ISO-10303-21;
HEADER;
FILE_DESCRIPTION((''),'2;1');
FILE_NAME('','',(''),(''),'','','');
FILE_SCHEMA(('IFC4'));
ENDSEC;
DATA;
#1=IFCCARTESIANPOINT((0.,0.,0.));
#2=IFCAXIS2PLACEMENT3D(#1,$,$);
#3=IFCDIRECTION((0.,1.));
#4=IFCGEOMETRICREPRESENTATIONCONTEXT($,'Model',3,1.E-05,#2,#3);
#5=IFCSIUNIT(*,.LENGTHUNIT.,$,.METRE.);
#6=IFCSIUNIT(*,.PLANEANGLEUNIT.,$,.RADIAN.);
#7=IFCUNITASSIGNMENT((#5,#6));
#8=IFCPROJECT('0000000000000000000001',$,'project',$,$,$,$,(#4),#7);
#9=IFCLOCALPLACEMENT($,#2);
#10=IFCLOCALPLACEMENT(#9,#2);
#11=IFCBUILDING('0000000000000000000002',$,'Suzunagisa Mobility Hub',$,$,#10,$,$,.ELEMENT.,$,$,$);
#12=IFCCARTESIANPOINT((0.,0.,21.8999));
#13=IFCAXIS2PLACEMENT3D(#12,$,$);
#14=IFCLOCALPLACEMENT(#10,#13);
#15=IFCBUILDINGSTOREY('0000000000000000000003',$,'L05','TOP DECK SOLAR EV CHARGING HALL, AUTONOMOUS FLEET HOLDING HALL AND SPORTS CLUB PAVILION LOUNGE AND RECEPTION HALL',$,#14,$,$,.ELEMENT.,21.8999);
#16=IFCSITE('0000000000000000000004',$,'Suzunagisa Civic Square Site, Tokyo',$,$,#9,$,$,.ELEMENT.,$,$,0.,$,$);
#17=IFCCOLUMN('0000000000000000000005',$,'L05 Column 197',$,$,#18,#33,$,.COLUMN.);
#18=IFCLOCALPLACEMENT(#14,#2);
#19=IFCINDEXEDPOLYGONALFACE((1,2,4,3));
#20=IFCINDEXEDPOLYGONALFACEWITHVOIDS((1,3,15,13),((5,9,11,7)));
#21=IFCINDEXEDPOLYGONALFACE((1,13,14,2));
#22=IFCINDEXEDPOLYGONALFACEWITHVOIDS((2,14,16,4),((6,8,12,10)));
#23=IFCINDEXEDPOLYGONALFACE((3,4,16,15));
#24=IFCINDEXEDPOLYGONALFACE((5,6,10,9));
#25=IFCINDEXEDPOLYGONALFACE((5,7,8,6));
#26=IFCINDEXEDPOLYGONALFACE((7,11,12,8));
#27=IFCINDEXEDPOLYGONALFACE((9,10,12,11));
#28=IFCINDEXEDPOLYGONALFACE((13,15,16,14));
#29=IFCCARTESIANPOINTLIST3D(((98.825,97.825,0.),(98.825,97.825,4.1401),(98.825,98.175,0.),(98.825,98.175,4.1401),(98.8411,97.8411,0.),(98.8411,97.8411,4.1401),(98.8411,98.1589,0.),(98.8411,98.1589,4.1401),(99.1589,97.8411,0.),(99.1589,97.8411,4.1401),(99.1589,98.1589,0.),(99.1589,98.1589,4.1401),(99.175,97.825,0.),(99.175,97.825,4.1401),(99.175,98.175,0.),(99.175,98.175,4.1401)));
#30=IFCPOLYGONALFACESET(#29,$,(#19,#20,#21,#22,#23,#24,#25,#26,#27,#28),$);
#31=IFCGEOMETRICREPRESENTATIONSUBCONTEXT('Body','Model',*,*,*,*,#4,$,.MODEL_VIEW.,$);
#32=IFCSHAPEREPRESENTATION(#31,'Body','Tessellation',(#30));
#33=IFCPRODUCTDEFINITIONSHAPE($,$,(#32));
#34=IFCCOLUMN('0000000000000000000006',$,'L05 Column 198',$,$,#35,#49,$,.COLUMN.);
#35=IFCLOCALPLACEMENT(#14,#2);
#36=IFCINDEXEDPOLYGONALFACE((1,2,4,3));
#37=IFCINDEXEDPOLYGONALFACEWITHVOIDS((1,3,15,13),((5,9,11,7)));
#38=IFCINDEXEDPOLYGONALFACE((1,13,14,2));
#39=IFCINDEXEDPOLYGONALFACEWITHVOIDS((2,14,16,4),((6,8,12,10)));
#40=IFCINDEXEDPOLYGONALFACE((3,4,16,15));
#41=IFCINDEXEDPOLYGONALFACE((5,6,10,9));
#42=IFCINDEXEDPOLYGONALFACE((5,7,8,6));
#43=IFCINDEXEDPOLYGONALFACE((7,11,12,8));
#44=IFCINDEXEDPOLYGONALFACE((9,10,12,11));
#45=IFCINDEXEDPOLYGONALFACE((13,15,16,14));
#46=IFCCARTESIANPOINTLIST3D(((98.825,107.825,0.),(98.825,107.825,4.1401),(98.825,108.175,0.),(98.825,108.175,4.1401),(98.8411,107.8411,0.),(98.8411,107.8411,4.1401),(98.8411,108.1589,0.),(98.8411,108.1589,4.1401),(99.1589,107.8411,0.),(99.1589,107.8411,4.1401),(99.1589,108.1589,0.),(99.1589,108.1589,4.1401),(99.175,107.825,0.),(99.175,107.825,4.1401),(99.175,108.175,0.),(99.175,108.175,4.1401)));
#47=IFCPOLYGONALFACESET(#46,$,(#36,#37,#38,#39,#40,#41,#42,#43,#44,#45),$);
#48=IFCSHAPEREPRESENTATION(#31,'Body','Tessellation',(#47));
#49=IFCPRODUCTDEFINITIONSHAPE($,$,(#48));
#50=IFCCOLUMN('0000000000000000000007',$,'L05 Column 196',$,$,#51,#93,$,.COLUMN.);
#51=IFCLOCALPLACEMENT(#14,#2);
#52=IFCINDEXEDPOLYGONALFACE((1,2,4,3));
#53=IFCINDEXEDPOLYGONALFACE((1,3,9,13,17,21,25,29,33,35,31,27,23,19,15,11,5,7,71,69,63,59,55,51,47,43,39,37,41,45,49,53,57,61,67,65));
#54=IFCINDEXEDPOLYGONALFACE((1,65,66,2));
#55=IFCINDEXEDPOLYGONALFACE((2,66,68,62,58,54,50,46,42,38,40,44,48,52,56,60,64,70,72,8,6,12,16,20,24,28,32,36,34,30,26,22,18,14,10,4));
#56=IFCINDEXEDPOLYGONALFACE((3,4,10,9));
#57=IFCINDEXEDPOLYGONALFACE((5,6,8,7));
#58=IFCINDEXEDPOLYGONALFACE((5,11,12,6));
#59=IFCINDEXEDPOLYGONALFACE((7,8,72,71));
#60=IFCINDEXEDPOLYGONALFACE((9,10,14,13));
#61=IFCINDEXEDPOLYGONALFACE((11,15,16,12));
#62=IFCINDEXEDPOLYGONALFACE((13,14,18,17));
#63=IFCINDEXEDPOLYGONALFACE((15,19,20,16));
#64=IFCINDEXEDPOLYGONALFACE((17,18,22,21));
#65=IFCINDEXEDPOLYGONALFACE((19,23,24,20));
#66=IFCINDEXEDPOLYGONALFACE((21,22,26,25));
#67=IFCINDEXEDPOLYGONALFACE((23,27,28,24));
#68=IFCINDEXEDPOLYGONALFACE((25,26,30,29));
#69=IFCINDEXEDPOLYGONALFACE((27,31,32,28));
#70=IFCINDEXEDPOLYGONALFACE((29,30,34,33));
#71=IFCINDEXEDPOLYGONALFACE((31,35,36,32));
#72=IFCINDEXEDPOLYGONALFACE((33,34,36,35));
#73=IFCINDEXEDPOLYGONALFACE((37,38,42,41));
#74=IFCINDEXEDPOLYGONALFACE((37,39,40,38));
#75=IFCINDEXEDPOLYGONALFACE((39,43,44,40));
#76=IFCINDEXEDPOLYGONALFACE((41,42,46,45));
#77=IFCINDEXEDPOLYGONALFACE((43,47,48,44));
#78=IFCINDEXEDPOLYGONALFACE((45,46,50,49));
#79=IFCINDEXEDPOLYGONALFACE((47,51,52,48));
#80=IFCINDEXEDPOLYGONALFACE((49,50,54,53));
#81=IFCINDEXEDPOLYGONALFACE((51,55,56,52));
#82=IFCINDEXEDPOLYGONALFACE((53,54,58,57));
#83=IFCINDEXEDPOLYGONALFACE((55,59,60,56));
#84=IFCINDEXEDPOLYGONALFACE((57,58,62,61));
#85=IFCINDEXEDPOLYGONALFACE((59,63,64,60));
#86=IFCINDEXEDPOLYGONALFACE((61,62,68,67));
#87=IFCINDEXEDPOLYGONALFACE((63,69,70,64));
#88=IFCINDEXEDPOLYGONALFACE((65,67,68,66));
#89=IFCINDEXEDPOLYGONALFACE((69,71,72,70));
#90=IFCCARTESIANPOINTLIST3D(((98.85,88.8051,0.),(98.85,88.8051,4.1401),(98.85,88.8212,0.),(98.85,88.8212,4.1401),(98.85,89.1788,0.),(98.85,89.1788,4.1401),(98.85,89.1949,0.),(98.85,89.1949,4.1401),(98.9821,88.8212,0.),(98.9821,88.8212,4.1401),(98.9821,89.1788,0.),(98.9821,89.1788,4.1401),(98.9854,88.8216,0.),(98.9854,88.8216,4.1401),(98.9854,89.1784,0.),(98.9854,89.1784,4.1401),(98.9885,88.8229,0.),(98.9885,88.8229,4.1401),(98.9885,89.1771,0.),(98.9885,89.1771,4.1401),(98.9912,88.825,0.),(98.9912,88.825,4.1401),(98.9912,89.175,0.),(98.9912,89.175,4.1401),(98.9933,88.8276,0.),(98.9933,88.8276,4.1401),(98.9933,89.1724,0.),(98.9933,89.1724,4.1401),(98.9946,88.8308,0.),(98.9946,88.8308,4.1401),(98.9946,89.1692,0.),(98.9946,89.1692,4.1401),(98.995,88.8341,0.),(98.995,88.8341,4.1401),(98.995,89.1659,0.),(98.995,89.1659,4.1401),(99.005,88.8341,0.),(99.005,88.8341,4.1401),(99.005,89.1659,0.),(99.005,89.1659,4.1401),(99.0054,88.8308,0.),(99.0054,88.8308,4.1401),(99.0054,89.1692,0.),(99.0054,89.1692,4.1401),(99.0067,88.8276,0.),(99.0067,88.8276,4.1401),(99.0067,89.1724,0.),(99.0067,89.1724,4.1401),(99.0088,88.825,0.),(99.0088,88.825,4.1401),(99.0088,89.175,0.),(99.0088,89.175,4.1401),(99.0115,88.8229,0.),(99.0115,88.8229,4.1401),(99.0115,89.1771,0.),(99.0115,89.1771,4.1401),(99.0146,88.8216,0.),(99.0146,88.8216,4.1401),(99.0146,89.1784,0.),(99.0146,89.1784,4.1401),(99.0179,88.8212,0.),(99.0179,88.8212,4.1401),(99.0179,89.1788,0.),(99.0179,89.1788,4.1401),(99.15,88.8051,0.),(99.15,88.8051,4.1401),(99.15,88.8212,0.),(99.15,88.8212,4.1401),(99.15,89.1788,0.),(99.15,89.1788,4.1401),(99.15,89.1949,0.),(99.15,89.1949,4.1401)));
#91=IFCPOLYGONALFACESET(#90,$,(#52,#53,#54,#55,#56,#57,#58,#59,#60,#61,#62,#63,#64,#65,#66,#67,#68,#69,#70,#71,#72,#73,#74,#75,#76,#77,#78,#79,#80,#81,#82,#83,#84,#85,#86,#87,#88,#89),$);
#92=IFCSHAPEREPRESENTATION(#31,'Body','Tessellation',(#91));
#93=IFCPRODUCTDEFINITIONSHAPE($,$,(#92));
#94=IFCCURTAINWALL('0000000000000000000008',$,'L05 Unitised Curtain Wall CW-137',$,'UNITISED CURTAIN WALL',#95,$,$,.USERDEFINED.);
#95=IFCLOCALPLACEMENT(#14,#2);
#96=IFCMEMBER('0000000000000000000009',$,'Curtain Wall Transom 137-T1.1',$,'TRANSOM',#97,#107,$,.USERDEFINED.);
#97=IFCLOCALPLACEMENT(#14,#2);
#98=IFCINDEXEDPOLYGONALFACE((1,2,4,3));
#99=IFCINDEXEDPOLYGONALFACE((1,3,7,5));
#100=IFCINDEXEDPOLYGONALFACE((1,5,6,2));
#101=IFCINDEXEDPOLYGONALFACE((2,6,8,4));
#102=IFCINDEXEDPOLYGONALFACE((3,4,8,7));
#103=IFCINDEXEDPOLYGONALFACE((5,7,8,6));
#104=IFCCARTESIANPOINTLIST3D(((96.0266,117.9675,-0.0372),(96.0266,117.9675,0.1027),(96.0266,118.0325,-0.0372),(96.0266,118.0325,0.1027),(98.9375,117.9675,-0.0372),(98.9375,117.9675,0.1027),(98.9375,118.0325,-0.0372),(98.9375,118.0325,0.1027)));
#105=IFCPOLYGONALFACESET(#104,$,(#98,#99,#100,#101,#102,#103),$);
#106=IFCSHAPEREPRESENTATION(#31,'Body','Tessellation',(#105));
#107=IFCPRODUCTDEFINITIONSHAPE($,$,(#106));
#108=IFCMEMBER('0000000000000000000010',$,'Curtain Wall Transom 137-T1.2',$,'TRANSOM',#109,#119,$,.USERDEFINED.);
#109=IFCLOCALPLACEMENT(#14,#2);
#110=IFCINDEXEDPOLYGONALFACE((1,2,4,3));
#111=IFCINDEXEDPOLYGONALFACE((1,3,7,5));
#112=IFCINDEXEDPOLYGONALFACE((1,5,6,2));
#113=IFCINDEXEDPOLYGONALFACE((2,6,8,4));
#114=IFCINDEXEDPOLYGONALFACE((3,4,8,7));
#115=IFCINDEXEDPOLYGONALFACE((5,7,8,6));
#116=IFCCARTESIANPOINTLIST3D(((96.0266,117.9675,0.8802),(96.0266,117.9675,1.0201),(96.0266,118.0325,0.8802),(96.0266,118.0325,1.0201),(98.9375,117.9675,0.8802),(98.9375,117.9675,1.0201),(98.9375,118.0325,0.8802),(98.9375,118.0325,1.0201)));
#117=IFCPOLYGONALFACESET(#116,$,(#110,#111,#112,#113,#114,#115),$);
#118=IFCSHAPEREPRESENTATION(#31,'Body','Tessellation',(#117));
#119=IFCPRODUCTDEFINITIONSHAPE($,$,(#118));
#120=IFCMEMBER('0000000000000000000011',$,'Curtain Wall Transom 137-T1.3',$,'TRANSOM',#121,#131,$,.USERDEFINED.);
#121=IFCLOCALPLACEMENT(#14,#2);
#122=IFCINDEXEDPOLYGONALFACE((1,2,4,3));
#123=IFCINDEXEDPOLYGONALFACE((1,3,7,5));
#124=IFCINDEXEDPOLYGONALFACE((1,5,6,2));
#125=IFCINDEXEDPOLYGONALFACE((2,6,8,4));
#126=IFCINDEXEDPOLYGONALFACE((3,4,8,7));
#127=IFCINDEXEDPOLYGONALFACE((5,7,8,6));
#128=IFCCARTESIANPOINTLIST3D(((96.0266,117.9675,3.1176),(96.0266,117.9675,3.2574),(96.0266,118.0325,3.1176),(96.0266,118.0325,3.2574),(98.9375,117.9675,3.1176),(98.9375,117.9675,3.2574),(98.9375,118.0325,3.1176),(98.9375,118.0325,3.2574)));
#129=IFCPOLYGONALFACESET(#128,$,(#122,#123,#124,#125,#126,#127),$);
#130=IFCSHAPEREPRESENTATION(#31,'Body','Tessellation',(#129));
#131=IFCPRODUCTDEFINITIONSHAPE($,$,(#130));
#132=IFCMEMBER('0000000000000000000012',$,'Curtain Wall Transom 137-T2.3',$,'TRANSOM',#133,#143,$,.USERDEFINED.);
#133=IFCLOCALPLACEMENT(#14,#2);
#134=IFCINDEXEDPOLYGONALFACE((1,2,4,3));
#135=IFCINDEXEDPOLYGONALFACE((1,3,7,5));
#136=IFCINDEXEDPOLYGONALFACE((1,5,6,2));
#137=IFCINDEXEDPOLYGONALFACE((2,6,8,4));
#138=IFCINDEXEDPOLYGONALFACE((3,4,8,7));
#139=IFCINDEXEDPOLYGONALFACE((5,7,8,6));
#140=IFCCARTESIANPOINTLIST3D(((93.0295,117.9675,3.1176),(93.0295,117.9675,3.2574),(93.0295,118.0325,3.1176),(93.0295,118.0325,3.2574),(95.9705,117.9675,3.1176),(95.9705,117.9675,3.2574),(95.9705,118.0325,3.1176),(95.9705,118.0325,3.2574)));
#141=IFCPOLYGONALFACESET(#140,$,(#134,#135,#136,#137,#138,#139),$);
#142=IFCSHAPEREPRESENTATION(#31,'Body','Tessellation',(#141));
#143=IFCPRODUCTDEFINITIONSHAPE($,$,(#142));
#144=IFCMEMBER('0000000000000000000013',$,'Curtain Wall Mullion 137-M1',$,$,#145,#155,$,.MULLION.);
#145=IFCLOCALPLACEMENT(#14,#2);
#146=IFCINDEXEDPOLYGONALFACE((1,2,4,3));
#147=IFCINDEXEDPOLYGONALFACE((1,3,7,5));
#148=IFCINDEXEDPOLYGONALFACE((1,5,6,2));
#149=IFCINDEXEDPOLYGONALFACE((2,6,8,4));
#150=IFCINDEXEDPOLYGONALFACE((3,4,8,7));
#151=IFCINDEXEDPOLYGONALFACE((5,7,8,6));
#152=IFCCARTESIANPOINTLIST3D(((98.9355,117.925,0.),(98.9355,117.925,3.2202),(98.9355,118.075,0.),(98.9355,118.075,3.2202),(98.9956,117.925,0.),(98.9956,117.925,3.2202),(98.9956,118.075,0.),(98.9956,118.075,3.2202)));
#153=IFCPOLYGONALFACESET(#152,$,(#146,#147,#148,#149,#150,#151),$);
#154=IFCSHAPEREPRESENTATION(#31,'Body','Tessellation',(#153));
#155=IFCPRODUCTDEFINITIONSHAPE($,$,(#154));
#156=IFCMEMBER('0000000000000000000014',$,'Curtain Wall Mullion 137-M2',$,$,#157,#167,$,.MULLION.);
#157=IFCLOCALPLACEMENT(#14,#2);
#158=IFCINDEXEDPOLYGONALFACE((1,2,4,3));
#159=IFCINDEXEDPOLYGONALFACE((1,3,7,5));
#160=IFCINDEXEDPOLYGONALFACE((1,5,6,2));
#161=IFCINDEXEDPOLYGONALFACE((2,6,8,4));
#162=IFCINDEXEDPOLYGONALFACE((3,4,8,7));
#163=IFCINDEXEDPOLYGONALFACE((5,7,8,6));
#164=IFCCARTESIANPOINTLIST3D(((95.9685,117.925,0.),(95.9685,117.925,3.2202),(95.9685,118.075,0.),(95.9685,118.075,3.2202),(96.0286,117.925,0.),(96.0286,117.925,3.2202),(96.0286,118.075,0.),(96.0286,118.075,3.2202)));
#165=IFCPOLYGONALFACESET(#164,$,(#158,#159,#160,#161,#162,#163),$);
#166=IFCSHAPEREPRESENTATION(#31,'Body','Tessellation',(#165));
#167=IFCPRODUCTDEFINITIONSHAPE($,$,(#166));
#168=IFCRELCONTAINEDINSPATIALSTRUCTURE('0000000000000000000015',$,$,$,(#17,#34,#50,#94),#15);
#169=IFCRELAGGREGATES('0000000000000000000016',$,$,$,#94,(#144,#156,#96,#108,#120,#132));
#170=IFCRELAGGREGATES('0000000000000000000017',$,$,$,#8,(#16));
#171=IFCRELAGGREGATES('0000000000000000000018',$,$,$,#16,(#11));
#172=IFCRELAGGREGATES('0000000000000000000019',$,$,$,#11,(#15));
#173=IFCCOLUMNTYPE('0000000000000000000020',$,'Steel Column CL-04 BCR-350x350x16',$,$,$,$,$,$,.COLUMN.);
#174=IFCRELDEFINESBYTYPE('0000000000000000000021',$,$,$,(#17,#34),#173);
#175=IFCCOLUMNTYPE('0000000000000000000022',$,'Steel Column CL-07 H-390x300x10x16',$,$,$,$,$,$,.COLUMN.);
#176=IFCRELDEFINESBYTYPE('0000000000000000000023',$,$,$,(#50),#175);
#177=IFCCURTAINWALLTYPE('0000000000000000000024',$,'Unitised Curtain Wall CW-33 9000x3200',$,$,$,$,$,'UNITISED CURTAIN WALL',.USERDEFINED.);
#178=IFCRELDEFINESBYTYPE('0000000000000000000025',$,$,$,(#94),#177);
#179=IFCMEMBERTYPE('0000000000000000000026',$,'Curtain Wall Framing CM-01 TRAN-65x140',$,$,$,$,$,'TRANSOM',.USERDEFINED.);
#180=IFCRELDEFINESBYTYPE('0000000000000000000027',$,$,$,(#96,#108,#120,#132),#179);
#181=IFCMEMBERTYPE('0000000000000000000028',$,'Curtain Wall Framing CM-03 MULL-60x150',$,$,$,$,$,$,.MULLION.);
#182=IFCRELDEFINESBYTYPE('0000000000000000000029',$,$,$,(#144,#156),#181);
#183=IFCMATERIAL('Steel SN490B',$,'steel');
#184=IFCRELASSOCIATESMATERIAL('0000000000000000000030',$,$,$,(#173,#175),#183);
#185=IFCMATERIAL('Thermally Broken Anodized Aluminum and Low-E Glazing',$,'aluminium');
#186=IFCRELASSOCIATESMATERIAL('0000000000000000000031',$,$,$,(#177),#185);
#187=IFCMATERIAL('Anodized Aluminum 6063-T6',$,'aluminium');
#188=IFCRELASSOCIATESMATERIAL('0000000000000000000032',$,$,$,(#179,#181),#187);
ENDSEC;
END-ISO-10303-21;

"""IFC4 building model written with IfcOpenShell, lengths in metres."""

from ifc_helpers import new_model, si_unit, direction, frame, origin, origin_2d, place, context, subcontext, project, spatial, rectangle, hollow_rectangle, i_section, extrude, material, material_profile, profile_set, type_object, element, aggregate, save


model = new_model("IFC4")

# Units and contexts
model_context = context("Model", 3, precision=1e-05, world=origin(), true_north=direction((0.0, 1.0)))
body_context = subcontext(model_context, "Body", "Model", "MODEL_VIEW")
ifc_project = project(units=[si_unit("LENGTHUNIT", "METRE"), si_unit("PLANEANGLEUNIT", "RADIAN")], contexts=[model_context])

# Site, building, storey
site_placement = place(None, origin())
site = spatial("IfcSite", under=ifc_project, at=site_placement, Name="Suzunagisa Civic Square Site, Tokyo", CompositionType="ELEMENT", RefElevation=0.0)
building_placement = place(site_placement, origin())
building = spatial("IfcBuilding", under=site, at=building_placement, Name="Suzunagisa Mobility Hub", CompositionType="ELEMENT")
storey_placement = place(building_placement, frame((0.0, 0.0, 21.8999)))
storey = spatial("IfcBuildingStorey", under=building, at=storey_placement, Name="L05", Description="TOP DECK SOLAR EV CHARGING HALL, AUTONOMOUS FLEET HOLDING HALL AND SPORTS CLUB PAVILION LOUNGE AND RECEPTION HALL", CompositionType="ELEMENT", Elevation=21.8999)

# Columns
ifc_material_1 = material(Name="Steel SN490B", Category="steel")
ifc_material_profile_1 = material_profile(ifc_material_1, hollow_rectangle(XDim=0.3501, YDim=0.3501, WallThickness=0.0161, at=origin_2d()), Name="BCR-350x350x16")
ifc_profile_set_1 = profile_set([ifc_material_profile_1], Name="Steel SN490B")
column_type_1 = type_object("IfcColumnType", Name="Steel Column CL-04 BCR-350x350x16", PredefinedType="COLUMN", material=ifc_profile_set_1)
for number, where, z_axis, x_axis, name in (
    (1, (99.0, 98.0, 0.0), (0.0, 0.0, 1.0), (1.0, 0.0, 0.0), "L05 Column 197"),
    (2, (99.0, 108.0, 0.0), (0.0, 0.0, 1.0), (1.0, 0.0, 0.0), "L05 Column 198"),
):
    element("IfcColumn", number, at=place(storey_placement, frame(where, z_axis=z_axis, x_axis=x_axis)), inside=storey, type_object=column_type_1, Name=name, PredefinedType="COLUMN", context=body_context, shape_type="SweptSolid", body=[
        extrude(hollow_rectangle(XDim=0.3501, YDim=0.3501, WallThickness=0.0161, at=origin_2d()), origin(), (0.0, 0.0, 1.0), 4.1401),
    ])
ifc_material_profile_2 = material_profile(ifc_material_1, i_section(OverallWidth=0.3, OverallDepth=0.3899, WebThickness=0.01, FlangeThickness=0.0161, FilletRadius=0.0129, at=origin_2d()), Name="H-390x300x10x16")
ifc_profile_set_2 = profile_set([ifc_material_profile_2], Name="Steel SN490B")
column_type_2 = type_object("IfcColumnType", Name="Steel Column CL-07 H-390x300x10x16", PredefinedType="COLUMN", material=ifc_profile_set_2)
column_placement = place(storey_placement, frame((99.0, 89.0, 0.0), z_axis=(0.0, 0.0, 1.0), x_axis=(1.0, 0.0, 0.0)))
element("IfcColumn", 3, at=column_placement, inside=storey, type_object=column_type_2, Name="L05 Column 196", PredefinedType="COLUMN", context=body_context, shape_type="SweptSolid", body=[
    extrude(i_section(OverallWidth=0.3, OverallDepth=0.3899, WebThickness=0.01, FlangeThickness=0.0161, FilletRadius=0.0129, at=origin_2d()), origin(), (0.0, 0.0, 1.0), 4.1401),
])

# Curtain wall, members
ifc_material_2 = material(Name="Thermally Broken Anodized Aluminum and Low-E Glazing", Category="aluminium")
curtain_wall_type = type_object("IfcCurtainWallType", Name="Unitised Curtain Wall CW-33 9000x3200", ElementType="UNITISED CURTAIN WALL", PredefinedType="USERDEFINED", material=ifc_material_2)
curtain_wall_placement = place(storey_placement, origin())
curtain_wall = element("IfcCurtainWall", 4, at=curtain_wall_placement, inside=storey, type_object=curtain_wall_type, Name="L05 Unitised Curtain Wall CW-137", ObjectType="UNITISED CURTAIN WALL", PredefinedType="USERDEFINED")
ifc_material_3 = material(Name="Anodized Aluminum 6063-T6", Category="aluminium")
ifc_material_profile_3 = material_profile(ifc_material_3, rectangle(XDim=0.0649, YDim=0.1399, at=origin_2d()), Name="TRAN-65x140")
ifc_profile_set_3 = profile_set([ifc_material_profile_3], Name="Anodized Aluminum 6063-T6")
member_type_1 = type_object("IfcMemberType", Name="Curtain Wall Framing CM-01 TRAN-65x140", ElementType="TRANSOM", PredefinedType="USERDEFINED", material=ifc_profile_set_3)
member_1_placement = place(storey_placement, frame((98.9375, 118.0, 0.0327), z_axis=(-1.0, 0.0, 0.0), x_axis=(0.0, -1.0, 0.0)))
member_1 = element("IfcMember", 5, at=member_1_placement, type_object=member_type_1, Name="Curtain Wall Transom 137-T1.1", ObjectType="TRANSOM", PredefinedType="USERDEFINED", context=body_context, shape_type="SweptSolid", body=[
    extrude(rectangle(XDim=0.0649, YDim=0.1399, at=origin_2d()), origin(), (0.0, 0.0, 1.0), 2.9109),
])
member_2_placement = place(storey_placement, frame((98.9375, 118.0, 0.9502), z_axis=(-1.0, 0.0, 0.0), x_axis=(0.0, -1.0, 0.0)))
member_2 = element("IfcMember", 6, at=member_2_placement, type_object=member_type_1, Name="Curtain Wall Transom 137-T1.2", ObjectType="TRANSOM", PredefinedType="USERDEFINED", context=body_context, shape_type="SweptSolid", body=[
    extrude(rectangle(XDim=0.0649, YDim=0.1399, at=origin_2d()), origin(), (0.0, 0.0, 1.0), 2.9109),
])
member_3_placement = place(storey_placement, frame((98.9375, 118.0, 3.1875), z_axis=(-1.0, 0.0, 0.0), x_axis=(0.0, -1.0, 0.0)))
member_3 = element("IfcMember", 7, at=member_3_placement, type_object=member_type_1, Name="Curtain Wall Transom 137-T1.3", ObjectType="TRANSOM", PredefinedType="USERDEFINED", context=body_context, shape_type="SweptSolid", body=[
    extrude(rectangle(XDim=0.0649, YDim=0.1399, at=origin_2d()), origin(), (0.0, 0.0, 1.0), 2.9109),
])
member_4_placement = place(storey_placement, frame((95.9705, 118.0, 3.1875), z_axis=(-1.0, 0.0, 0.0), x_axis=(0.0, -1.0, 0.0)))
member_4 = element("IfcMember", 8, at=member_4_placement, type_object=member_type_1, Name="Curtain Wall Transom 137-T2.3", ObjectType="TRANSOM", PredefinedType="USERDEFINED", context=body_context, shape_type="SweptSolid", body=[
    extrude(rectangle(XDim=0.0649, YDim=0.1399, at=origin_2d()), origin(), (0.0, 0.0, 1.0), 2.9409),
])
ifc_material_profile_4 = material_profile(ifc_material_3, rectangle(XDim=0.0601, YDim=0.1499, at=origin_2d()), Name="MULL-60x150")
ifc_profile_set_4 = profile_set([ifc_material_profile_4], Name="Anodized Aluminum 6063-T6")
member_type_2 = type_object("IfcMemberType", Name="Curtain Wall Framing CM-03 MULL-60x150", PredefinedType="MULLION", material=ifc_profile_set_4)
member_5_placement = place(storey_placement, frame((98.9656, 118.0, 0.0), z_axis=(0.0, 0.0, 1.0), x_axis=(-1.0, 0.0, 0.0)))
member_5 = element("IfcMember", 9, at=member_5_placement, type_object=member_type_2, Name="Curtain Wall Mullion 137-M1", PredefinedType="MULLION", context=body_context, shape_type="SweptSolid", body=[
    extrude(rectangle(XDim=0.0601, YDim=0.1499, at=origin_2d()), origin(), (0.0, 0.0, 1.0), 3.2202),
])
member_6_placement = place(storey_placement, frame((95.9985, 118.0, 0.0), z_axis=(0.0, 0.0, 1.0), x_axis=(-1.0, 0.0, 0.0)))
member_6 = element("IfcMember", 10, at=member_6_placement, type_object=member_type_2, Name="Curtain Wall Mullion 137-M2", PredefinedType="MULLION", context=body_context, shape_type="SweptSolid", body=[
    extrude(rectangle(XDim=0.0601, YDim=0.1499, at=origin_2d()), origin(), (0.0, 0.0, 1.0), 3.2202),
])

aggregate(curtain_wall, [member_5, member_6, member_1, member_2, member_3, member_4])

save(model, "model.ifc")
